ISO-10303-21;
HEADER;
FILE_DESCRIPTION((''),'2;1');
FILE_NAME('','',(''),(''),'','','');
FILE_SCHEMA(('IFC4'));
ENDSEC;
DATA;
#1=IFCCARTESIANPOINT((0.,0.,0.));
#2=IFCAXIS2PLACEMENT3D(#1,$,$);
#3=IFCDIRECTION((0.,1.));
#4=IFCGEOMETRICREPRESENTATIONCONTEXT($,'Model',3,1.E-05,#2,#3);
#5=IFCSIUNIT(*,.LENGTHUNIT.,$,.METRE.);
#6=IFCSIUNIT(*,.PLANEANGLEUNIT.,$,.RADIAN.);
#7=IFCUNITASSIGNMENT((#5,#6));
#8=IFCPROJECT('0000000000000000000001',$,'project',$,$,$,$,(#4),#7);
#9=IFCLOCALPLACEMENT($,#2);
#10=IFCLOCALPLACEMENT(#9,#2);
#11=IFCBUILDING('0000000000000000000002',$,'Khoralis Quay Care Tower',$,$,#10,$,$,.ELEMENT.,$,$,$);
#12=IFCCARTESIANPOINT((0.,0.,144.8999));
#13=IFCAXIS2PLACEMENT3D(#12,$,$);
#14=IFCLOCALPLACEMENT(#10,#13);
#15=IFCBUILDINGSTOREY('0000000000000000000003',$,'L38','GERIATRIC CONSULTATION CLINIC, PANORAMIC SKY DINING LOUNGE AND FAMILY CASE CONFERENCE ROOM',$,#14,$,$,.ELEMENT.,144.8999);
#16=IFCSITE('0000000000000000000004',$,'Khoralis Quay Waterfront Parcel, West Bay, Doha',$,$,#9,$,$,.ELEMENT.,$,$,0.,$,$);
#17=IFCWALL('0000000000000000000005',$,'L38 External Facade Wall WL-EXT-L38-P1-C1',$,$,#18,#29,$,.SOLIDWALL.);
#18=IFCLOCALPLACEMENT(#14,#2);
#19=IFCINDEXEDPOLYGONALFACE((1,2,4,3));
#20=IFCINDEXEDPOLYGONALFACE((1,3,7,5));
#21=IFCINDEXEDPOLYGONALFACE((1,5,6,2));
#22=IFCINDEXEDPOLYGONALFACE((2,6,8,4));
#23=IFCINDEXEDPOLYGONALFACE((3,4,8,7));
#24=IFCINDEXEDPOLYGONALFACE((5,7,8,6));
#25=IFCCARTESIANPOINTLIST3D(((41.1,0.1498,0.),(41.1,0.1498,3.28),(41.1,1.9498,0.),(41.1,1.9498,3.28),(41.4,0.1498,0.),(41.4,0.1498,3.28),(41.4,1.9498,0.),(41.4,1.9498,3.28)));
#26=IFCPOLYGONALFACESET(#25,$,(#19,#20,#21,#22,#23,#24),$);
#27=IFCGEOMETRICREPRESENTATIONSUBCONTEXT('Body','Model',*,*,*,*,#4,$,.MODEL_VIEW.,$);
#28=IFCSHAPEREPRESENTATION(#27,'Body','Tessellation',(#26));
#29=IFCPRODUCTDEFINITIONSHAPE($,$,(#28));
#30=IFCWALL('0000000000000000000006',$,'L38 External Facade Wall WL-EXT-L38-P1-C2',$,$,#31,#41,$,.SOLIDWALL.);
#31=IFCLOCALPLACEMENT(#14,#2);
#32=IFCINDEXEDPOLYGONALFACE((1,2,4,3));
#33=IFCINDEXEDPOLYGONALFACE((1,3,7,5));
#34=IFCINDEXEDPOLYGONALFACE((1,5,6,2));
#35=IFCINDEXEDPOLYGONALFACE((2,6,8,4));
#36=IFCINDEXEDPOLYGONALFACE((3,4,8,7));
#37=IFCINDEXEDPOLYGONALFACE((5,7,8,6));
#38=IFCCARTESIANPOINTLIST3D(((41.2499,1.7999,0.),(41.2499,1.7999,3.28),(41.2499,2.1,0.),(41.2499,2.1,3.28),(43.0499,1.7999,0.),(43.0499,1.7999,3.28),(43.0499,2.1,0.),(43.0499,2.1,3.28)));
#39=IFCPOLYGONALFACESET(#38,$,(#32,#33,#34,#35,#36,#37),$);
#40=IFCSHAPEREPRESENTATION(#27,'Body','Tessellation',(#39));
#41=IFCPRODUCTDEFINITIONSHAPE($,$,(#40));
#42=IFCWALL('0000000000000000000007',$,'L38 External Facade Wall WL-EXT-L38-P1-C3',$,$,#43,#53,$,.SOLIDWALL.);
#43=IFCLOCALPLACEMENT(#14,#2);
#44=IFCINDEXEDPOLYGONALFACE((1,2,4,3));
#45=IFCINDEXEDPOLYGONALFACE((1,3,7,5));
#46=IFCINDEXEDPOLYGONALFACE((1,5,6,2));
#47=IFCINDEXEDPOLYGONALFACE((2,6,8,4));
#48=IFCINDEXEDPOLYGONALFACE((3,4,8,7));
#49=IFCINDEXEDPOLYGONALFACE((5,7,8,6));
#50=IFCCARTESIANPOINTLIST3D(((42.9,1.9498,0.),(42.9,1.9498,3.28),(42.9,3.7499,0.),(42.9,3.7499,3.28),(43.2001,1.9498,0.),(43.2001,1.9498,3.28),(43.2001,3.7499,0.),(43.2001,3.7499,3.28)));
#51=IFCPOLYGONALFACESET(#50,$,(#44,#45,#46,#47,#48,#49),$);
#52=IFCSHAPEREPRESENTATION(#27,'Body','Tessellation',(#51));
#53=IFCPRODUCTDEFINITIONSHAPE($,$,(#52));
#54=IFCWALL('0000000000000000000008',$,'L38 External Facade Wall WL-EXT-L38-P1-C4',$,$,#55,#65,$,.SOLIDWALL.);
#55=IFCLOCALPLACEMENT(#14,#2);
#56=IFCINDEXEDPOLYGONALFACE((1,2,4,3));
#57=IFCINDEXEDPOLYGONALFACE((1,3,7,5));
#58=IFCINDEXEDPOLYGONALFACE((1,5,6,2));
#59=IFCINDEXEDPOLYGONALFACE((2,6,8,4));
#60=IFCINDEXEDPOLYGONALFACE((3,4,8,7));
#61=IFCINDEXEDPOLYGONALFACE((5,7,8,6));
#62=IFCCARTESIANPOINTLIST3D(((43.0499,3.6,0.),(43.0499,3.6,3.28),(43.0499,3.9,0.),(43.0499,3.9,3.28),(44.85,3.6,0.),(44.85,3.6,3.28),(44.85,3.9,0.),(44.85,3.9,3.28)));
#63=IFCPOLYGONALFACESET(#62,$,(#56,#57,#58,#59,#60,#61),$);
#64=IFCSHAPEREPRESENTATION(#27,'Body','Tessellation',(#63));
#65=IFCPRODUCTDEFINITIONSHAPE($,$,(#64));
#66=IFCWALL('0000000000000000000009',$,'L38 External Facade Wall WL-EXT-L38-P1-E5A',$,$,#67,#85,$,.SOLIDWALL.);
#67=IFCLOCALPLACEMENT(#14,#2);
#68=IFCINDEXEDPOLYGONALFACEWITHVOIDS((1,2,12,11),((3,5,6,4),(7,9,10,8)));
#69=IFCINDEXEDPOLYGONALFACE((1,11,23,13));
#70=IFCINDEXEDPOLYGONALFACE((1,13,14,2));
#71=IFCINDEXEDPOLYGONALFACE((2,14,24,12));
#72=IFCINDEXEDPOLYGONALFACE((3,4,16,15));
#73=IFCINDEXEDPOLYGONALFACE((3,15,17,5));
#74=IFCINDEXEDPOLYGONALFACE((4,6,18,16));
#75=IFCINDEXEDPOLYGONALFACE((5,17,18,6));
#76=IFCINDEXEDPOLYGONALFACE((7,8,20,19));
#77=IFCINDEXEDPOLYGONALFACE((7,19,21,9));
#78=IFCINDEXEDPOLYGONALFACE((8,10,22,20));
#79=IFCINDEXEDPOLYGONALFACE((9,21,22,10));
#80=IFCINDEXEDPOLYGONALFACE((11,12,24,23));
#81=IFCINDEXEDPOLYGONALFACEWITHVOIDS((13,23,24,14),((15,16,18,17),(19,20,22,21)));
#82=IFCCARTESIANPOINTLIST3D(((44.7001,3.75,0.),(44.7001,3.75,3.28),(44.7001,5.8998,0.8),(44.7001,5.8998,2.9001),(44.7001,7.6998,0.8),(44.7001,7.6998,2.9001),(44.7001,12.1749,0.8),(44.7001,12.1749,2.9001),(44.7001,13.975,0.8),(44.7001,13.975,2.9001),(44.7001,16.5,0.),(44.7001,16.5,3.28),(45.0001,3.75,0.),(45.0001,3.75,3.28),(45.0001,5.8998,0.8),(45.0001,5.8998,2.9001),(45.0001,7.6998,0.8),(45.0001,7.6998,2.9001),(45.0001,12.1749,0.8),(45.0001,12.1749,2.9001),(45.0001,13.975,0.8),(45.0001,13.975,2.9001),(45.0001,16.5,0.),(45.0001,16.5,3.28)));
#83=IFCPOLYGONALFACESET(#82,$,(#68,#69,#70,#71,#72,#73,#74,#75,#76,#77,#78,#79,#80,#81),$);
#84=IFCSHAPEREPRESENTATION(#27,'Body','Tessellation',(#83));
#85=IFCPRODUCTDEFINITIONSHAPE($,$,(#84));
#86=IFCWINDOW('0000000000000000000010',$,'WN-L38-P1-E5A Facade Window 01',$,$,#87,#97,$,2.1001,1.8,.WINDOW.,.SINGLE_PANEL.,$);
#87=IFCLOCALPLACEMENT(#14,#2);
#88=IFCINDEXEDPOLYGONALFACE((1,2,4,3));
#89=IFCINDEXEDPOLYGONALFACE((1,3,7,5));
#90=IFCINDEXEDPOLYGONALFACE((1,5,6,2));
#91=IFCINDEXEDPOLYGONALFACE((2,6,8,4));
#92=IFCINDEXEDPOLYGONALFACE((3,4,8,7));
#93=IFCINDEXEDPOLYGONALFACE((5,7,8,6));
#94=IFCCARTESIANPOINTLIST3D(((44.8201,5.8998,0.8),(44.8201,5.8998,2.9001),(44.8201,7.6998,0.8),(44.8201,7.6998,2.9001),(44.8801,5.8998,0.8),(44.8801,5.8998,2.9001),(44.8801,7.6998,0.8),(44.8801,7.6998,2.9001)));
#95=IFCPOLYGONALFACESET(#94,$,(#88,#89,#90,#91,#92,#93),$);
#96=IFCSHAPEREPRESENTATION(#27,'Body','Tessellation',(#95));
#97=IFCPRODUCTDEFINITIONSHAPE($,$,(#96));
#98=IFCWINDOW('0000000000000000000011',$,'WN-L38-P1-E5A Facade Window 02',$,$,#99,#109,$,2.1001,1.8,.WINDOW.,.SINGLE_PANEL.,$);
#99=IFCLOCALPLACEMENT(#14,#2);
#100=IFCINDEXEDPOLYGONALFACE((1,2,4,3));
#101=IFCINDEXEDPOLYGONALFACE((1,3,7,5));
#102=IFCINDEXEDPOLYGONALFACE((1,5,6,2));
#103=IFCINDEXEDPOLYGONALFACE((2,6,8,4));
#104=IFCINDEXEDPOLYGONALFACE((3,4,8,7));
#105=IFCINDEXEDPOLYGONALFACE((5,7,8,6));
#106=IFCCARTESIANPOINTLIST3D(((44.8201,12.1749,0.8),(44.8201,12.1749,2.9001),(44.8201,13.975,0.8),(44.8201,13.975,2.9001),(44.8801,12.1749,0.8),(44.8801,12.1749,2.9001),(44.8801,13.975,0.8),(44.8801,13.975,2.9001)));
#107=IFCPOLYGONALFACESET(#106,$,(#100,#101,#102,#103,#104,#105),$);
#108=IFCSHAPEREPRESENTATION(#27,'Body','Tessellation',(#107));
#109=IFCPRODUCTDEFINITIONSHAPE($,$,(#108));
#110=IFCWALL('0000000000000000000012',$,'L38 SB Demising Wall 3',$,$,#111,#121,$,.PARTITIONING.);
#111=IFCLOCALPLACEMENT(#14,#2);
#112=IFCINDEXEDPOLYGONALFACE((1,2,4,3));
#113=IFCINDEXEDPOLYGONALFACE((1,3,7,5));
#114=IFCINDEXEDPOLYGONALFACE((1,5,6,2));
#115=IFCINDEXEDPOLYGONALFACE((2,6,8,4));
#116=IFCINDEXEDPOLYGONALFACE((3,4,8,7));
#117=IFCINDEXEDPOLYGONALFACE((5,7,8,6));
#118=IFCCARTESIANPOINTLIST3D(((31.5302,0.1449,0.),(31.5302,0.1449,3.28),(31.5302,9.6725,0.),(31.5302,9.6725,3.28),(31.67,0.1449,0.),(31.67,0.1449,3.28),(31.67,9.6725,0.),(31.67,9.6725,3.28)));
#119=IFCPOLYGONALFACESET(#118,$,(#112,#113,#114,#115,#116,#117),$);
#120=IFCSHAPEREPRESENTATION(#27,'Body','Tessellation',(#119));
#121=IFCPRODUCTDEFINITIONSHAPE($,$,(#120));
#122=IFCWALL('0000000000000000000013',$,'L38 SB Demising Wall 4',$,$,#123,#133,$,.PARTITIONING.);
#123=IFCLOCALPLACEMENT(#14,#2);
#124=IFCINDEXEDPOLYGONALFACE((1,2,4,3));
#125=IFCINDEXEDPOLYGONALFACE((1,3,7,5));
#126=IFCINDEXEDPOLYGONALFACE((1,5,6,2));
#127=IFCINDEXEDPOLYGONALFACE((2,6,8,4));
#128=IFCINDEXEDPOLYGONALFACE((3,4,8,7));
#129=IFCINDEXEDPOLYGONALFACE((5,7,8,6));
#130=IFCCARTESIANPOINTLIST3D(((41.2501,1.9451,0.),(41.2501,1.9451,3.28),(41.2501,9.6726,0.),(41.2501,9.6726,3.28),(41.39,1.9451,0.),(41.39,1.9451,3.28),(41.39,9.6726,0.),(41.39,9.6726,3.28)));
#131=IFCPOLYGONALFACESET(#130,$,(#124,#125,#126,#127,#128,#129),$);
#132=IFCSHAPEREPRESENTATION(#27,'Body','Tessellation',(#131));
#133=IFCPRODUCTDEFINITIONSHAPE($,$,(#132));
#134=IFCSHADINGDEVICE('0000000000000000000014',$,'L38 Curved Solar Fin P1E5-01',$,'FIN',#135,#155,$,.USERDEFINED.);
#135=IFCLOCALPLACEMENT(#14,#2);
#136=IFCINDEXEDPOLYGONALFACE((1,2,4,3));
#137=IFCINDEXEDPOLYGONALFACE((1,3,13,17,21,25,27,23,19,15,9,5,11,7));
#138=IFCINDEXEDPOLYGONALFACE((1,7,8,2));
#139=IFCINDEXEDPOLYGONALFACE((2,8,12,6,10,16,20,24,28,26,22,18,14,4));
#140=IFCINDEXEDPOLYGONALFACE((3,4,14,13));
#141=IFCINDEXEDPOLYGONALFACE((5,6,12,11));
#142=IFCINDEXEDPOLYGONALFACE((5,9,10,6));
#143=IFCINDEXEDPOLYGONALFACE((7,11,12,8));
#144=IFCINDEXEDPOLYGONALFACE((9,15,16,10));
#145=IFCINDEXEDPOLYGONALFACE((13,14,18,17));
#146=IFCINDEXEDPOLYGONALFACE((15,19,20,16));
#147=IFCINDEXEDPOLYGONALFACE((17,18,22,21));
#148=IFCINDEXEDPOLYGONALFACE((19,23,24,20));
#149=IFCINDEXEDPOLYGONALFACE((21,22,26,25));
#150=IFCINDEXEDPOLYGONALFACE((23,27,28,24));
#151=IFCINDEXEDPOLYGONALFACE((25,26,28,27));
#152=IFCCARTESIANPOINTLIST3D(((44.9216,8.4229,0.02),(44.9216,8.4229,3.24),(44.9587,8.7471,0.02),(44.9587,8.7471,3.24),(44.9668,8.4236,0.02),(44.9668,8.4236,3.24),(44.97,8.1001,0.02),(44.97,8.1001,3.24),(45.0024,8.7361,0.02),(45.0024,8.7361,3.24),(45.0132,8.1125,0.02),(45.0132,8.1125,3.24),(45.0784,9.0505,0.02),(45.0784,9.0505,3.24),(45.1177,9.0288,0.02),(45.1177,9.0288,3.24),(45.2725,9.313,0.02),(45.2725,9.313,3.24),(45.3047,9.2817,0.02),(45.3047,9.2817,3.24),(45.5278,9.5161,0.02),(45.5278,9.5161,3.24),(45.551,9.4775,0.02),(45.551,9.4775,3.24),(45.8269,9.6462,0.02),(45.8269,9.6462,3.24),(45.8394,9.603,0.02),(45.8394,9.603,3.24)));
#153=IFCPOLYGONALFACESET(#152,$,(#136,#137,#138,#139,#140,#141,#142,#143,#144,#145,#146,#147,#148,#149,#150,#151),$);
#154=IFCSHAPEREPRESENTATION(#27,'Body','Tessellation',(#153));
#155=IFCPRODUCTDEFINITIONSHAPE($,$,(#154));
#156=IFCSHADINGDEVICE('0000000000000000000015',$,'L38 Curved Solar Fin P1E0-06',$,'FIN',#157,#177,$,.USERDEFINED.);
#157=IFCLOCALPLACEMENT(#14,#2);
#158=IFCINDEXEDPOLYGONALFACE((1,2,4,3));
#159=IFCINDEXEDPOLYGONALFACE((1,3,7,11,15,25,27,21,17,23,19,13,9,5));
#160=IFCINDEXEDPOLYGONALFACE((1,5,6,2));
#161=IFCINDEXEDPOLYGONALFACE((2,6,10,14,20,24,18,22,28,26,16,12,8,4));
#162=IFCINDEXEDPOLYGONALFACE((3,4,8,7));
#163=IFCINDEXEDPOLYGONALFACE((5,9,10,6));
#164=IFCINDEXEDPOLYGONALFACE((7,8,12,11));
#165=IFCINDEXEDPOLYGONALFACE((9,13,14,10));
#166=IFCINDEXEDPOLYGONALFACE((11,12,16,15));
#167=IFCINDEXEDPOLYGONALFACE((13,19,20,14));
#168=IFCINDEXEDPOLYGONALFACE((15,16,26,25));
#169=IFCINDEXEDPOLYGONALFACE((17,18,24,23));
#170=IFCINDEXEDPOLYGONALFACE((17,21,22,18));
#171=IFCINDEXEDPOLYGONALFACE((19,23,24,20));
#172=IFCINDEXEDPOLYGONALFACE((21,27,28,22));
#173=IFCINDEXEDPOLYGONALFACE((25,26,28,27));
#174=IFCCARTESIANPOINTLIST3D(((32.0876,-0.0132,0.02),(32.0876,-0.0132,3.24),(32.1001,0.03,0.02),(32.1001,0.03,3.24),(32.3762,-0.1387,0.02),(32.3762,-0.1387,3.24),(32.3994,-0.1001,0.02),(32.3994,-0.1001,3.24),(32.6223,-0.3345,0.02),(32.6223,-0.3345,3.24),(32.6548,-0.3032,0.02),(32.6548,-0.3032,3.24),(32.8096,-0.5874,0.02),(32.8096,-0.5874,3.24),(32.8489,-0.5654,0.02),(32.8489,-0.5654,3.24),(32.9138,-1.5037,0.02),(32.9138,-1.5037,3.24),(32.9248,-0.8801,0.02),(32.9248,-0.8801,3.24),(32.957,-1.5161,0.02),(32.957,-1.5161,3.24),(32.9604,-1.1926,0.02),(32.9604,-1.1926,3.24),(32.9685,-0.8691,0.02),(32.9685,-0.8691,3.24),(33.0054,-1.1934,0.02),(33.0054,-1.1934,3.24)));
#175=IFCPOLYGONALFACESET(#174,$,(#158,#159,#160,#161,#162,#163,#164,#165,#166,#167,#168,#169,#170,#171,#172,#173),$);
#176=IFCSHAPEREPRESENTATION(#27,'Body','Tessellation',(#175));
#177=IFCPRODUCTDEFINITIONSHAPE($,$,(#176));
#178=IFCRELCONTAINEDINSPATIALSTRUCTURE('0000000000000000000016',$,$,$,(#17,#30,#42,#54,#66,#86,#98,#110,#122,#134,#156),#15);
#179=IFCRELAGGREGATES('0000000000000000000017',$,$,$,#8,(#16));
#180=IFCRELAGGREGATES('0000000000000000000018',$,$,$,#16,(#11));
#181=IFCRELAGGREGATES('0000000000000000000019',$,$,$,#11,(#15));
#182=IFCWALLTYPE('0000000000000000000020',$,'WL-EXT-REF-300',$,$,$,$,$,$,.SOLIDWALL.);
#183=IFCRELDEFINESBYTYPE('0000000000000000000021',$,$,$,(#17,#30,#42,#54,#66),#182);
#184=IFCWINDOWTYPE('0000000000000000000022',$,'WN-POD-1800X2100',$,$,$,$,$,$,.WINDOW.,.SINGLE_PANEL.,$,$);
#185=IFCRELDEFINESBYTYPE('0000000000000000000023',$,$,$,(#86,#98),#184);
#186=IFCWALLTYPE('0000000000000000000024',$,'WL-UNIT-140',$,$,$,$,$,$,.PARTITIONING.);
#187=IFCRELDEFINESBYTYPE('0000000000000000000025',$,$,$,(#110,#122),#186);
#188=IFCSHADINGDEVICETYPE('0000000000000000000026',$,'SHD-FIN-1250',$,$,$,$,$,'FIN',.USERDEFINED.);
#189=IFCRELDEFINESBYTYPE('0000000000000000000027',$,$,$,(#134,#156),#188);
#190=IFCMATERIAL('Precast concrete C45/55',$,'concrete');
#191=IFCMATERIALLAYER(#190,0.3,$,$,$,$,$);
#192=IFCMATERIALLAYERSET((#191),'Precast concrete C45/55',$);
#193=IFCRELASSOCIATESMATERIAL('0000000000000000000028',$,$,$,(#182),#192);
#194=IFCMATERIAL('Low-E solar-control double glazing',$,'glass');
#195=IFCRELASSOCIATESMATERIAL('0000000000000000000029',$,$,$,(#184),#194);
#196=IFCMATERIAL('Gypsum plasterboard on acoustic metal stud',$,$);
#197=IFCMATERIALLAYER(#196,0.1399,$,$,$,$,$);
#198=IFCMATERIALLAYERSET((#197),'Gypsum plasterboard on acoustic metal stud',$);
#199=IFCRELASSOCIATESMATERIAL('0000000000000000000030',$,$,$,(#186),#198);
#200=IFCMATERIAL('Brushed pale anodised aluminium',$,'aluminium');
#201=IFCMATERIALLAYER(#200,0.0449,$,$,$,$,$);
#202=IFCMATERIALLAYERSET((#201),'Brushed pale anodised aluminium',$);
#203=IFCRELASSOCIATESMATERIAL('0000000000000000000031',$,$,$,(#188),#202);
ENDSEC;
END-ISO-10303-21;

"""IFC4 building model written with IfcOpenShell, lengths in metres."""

from ifc_helpers import new_model, si_unit, direction, frame, frame_2d, origin, place, context, subcontext, project, spatial, polyline, rectangle, outline, extrude, source, transform, mapped, material, layer, layer_set, type_object, element, fill, save


model = new_model("IFC4")

# Units and contexts
model_context = context("Model", 3, precision=1e-05, world=origin(), true_north=direction((0.0, 1.0)))
body_context = subcontext(model_context, "Body", "Model", "MODEL_VIEW")
ifc_project = project(units=[si_unit("LENGTHUNIT", "METRE"), si_unit("PLANEANGLEUNIT", "RADIAN")], contexts=[model_context])

# Site, building, storey
site_placement = place(None, origin())
site = spatial("IfcSite", under=ifc_project, at=site_placement, Name="Khoralis Quay Waterfront Parcel, West Bay, Doha", CompositionType="ELEMENT", RefElevation=0.0)
building_placement = place(site_placement, origin())
building = spatial("IfcBuilding", under=site, at=building_placement, Name="Khoralis Quay Care Tower", CompositionType="ELEMENT")
storey_placement = place(building_placement, frame((0.0, 0.0, 144.8999)))
storey = spatial("IfcBuildingStorey", under=building, at=storey_placement, Name="L38", Description="GERIATRIC CONSULTATION CLINIC, PANORAMIC SKY DINING LOUNGE AND FAMILY CASE CONFERENCE ROOM", CompositionType="ELEMENT", Elevation=144.8999)

# Shared definitions
ifc_material_1 = material(Name="Gypsum plasterboard on acoustic metal stud")

# Shared definitions
ifc_material_2 = material(Name="Precast concrete C45/55", Category="concrete")
ifc_layer_1 = layer(ifc_material_2, 0.3)
ifc_layer_set_1 = layer_set([ifc_layer_1], Name="Precast concrete C45/55")
wall_type_1 = type_object("IfcWallType", Name="WL-EXT-REF-300", PredefinedType="SOLIDWALL", material=ifc_layer_set_1)
ifc_material_3 = material(Name="Low-E solar-control double glazing", Category="glass")
window_type = type_object("IfcWindowType", Name="WN-POD-1800X2100", PartitioningType="SINGLE_PANEL", PredefinedType="WINDOW", material=ifc_material_3)
shared_shape_1 = source(origin(), body_context, "Body", "SweptSolid", [
    extrude(rectangle(XDim=1.8, YDim=2.1001, at=frame_2d((0.8999, 1.05))), frame((0.0, 0.03, 0.0), z_axis=(0.0, -1.0, 0.0), x_axis=(1.0, 0.0, 0.0)), (0.0, 0.0, 1.0), 0.0601),
])

# Walls
for number, where, z_axis, x_axis, name in (
    (1, (41.25, 0.1499, 0.0), (0.0, 0.0, 1.0), (0.0, 1.0, 0.0), "L38 External Facade Wall WL-EXT-L38-P1-C1"),
    (2, (41.25, 1.95, 0.0), (0.0, 0.0, 1.0), (1.0, 0.0, 0.0), "L38 External Facade Wall WL-EXT-L38-P1-C2"),
    (3, (43.05, 1.95, 0.0), (0.0, 0.0, 1.0), (0.0, 1.0, 0.0), "L38 External Facade Wall WL-EXT-L38-P1-C3"),
    (4, (43.05, 3.75, 0.0), (0.0, 0.0, 1.0), (1.0, 0.0, 0.0), "L38 External Facade Wall WL-EXT-L38-P1-C4"),
):
    element("IfcWall", number, at=place(storey_placement, frame(where, z_axis=z_axis, x_axis=x_axis)), inside=storey, type_object=wall_type_1, Name=name, PredefinedType="SOLIDWALL", context=body_context, shape_type="SweptSolid", body=[
        extrude(rectangle(XDim=1.8, YDim=0.3, at=frame_2d((0.8999, 0.0))), origin(), (0.0, 0.0, 1.0), 3.28),
    ])

# Wall, openings, windows
wall_1_placement = place(storey_placement, frame((44.8501, 3.75, 0.0), z_axis=(0.0, 0.0, 1.0), x_axis=(0.0, 1.0, 0.0)))
wall_1 = element("IfcWall", 5, at=wall_1_placement, inside=storey, type_object=wall_type_1, Name="L38 External Facade Wall WL-EXT-L38-P1-E5A", PredefinedType="SOLIDWALL", context=body_context, shape_type="SweptSolid", body=[
    extrude(rectangle(XDim=12.75, YDim=0.3, at=frame_2d((6.375, 0.0))), origin(), (0.0, 0.0, 1.0), 3.28),
])
opening_1_placement = place(wall_1_placement, frame((2.1499, 0.0, 0.8)))
opening_1 = element("IfcOpeningElement", 6, at=opening_1_placement, cuts=wall_1, PredefinedType="OPENING", context=body_context, shape_type="SweptSolid", body=[
    extrude(rectangle(XDim=1.8, YDim=2.1001, at=frame_2d((0.8999, 1.05))), frame((0.0, 0.1602, 0.0), z_axis=(0.0, -1.0, 0.0), x_axis=(1.0, 0.0, 0.0)), (0.0, 0.0, 1.0), 0.3201),
])
opening_2_placement = place(wall_1_placement, frame((8.425, 0.0, 0.8)))
opening_2 = element("IfcOpeningElement", 7, at=opening_2_placement, cuts=wall_1, PredefinedType="OPENING", context=body_context, shape_type="SweptSolid", body=[
    extrude(rectangle(XDim=1.8, YDim=2.1001, at=frame_2d((0.8999, 1.05))), frame((0.0, 0.1602, 0.0), z_axis=(0.0, -1.0, 0.0), x_axis=(1.0, 0.0, 0.0)), (0.0, 0.0, 1.0), 0.3201),
])
window_1_placement = place(opening_1_placement, origin())
window_1 = element("IfcWindow", 8, at=window_1_placement, inside=storey, type_object=window_type, Name="WN-L38-P1-E5A Facade Window 01", OverallHeight=2.1001, OverallWidth=1.8, PartitioningType="SINGLE_PANEL", PredefinedType="WINDOW", context=body_context, shape_type="MappedRepresentation", body=[
    mapped(shared_shape_1, transform((0.0, 0.0, 0.0), scale=1.0)),
])
fill(opening_1, window_1)
window_2_placement = place(opening_2_placement, origin())
window_2 = element("IfcWindow", 9, at=window_2_placement, inside=storey, type_object=window_type, Name="WN-L38-P1-E5A Facade Window 02", OverallHeight=2.1001, OverallWidth=1.8, PartitioningType="SINGLE_PANEL", PredefinedType="WINDOW", context=body_context, shape_type="MappedRepresentation", body=[
    mapped(shared_shape_1, transform((0.0, 0.0, 0.0), scale=1.0)),
])
fill(opening_2, window_2)

# Walls
ifc_layer_2 = layer(ifc_material_1, 0.1399)
ifc_layer_set_2 = layer_set([ifc_layer_2], Name="Gypsum plasterboard on acoustic metal stud")
wall_type_2 = type_object("IfcWallType", Name="WL-UNIT-140", PredefinedType="PARTITIONING", material=ifc_layer_set_2)
wall_2_placement = place(storey_placement, frame((31.6001, 0.145, 0.0), z_axis=(0.0, 0.0, 1.0), x_axis=(0.0, 1.0, 0.0)))
element("IfcWall", 10, at=wall_2_placement, inside=storey, type_object=wall_type_2, Name="L38 SB Demising Wall 3", PredefinedType="PARTITIONING", context=body_context, shape_type="SweptSolid", body=[
    extrude(rectangle(XDim=9.5276, YDim=0.1399, at=frame_2d((4.7637, 0.0))), origin(), (0.0, 0.0, 1.0), 3.28),
])
wall_3_placement = place(storey_placement, frame((41.3201, 1.9451, 0.0), z_axis=(0.0, 0.0, 1.0), x_axis=(0.0, 1.0, 0.0)))
element("IfcWall", 11, at=wall_3_placement, inside=storey, type_object=wall_type_2, Name="L38 SB Demising Wall 4", PredefinedType="PARTITIONING", context=body_context, shape_type="SweptSolid", body=[
    extrude(rectangle(XDim=7.7275, YDim=0.1399, at=frame_2d((3.8638, 0.0))), origin(), (0.0, 0.0, 1.0), 3.28),
])

# Shading devices
ifc_material_4 = material(Name="Brushed pale anodised aluminium", Category="aluminium")
ifc_layer_3 = layer(ifc_material_4, 0.0449)
ifc_layer_set_3 = layer_set([ifc_layer_3], Name="Brushed pale anodised aluminium")
shading_device_type = type_object("IfcShadingDeviceType", Name="SHD-FIN-1250", ElementType="FIN", PredefinedType="USERDEFINED", material=ifc_layer_set_3)
shared_shape_2 = source(origin(), body_context, "Body", "SweptSolid", [
    extrude(outline(polyline([(0.0, 0.0), (-0.0483, 0.3228), (-0.0112, 0.647), (0.1084, 0.9504), (0.3025, 1.2129), (0.5579, 1.416), (0.8569, 1.5461), (0.8694, 1.5029), (0.5811, 1.3774), (0.3347, 1.1816), (0.1477, 0.9287), (0.0325, 0.636), (-0.0032, 0.3235), (0.0432, 0.0125), (0.0, 0.0)])), origin(), (0.0, 0.0, 1.0), 3.22),
])
shading_device_placement = place(storey_placement, frame((44.97, 8.1001, 0.02), z_axis=(0.0, 0.0, 1.0), x_axis=(1.0, 0.0, 0.0)))
element("IfcShadingDevice", 12, at=shading_device_placement, inside=storey, type_object=shading_device_type, Name="L38 Curved Solar Fin P1E5-01", ObjectType="FIN", PredefinedType="USERDEFINED", context=body_context, shape_type="MappedRepresentation", body=[
    mapped(shared_shape_2, transform((0.0, 0.0, 0.0), scale=1.0)),
])
shared_shape_3 = source(origin(), body_context, "Body", "SweptSolid", [
    extrude(outline(polyline([(0.0, 0.0), (0.1301, 0.2993), (0.3333, 0.5547), (0.5955, 0.7488), (0.8992, 0.8684), (1.2234, 0.9053), (1.5461, 0.8569), (1.5337, 0.8137), (1.2227, 0.8604), (0.9102, 0.8247), (0.6174, 0.7095), (0.3645, 0.5222), (0.1687, 0.2761), (0.0432, -0.0125), (0.0, 0.0)])), origin(), (0.0, 0.0, 1.0), 3.22),
])
for number, where, z_axis, x_axis, name in (
    (13, (32.1001, 0.03, 0.02), (0.0, 0.0, 1.0), (0.0, -1.0, 0.0), "L38 Curved Solar Fin P1E0-06"),
):
    element("IfcShadingDevice", number, at=place(storey_placement, frame(where, z_axis=z_axis, x_axis=x_axis)), inside=storey, type_object=shading_device_type, Name=name, ObjectType="FIN", PredefinedType="USERDEFINED", context=body_context, shape_type="MappedRepresentation", body=[
        mapped(shared_shape_3, transform((0.0, 0.0, 0.0), scale=1.0)),
    ])

save(model, "model.ifc")
